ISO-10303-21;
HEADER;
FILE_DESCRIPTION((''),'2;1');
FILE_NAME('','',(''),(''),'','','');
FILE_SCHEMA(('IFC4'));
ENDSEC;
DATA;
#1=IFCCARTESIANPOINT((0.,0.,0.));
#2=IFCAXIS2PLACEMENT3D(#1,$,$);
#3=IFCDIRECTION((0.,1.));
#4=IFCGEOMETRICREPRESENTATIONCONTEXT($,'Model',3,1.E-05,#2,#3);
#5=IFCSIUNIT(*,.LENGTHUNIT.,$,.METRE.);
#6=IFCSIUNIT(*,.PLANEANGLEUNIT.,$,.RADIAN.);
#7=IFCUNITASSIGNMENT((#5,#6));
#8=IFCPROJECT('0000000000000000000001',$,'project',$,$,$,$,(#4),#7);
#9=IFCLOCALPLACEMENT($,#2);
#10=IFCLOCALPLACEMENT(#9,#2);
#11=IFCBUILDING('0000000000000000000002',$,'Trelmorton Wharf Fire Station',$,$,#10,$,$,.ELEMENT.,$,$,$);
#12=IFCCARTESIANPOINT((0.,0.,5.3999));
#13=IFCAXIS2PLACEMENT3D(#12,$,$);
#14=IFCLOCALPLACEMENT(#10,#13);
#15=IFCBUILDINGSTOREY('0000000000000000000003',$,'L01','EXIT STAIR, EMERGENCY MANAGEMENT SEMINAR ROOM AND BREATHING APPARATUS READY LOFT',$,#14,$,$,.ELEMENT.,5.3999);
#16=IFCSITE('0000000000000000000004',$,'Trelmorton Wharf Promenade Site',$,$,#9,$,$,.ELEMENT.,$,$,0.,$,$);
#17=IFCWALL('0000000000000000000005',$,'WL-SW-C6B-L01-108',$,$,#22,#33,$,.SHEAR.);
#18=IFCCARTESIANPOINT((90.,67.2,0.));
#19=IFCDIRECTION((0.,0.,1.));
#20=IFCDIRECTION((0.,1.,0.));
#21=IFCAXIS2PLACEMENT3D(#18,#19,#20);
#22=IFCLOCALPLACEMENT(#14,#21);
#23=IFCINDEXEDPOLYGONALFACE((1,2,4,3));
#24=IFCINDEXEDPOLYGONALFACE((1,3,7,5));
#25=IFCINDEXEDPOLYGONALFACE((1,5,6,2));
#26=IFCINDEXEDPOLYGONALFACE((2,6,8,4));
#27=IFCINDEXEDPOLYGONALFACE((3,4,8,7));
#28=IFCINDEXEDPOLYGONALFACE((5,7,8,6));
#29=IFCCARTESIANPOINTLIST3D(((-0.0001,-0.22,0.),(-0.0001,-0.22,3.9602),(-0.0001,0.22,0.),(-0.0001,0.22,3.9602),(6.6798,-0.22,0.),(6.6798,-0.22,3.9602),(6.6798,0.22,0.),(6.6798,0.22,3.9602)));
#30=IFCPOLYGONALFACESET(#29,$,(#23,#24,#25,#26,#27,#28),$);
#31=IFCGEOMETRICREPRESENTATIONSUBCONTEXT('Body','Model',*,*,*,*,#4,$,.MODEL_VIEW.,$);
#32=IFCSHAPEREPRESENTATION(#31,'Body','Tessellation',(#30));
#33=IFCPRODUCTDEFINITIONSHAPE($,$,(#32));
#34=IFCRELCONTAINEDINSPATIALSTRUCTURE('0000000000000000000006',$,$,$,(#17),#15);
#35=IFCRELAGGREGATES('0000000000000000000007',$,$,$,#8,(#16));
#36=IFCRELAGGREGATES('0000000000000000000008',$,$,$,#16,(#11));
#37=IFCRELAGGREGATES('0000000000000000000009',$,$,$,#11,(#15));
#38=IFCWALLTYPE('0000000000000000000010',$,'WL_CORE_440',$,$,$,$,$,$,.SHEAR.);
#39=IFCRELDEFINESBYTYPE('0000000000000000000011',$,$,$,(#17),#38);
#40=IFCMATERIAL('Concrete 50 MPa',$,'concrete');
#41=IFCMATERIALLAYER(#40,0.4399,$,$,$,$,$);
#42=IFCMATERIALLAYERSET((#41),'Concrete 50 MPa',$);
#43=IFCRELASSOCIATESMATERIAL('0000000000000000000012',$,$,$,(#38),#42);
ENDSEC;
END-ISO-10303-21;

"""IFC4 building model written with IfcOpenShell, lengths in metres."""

from ifc_helpers import new_model, si_unit, direction, frame, frame_2d, origin, place, context, subcontext, project, spatial, rectangle, extrude, material, layer, layer_set, type_object, element, save


model = new_model("IFC4")

# Units and contexts
model_context = context("Model", 3, precision=1e-05, world=origin(), true_north=direction((0.0, 1.0)))
body_context = subcontext(model_context, "Body", "Model", "MODEL_VIEW")
ifc_project = project(units=[si_unit("LENGTHUNIT", "METRE"), si_unit("PLANEANGLEUNIT", "RADIAN")], contexts=[model_context])

# Site, building, storey
site_placement = place(None, origin())
site = spatial("IfcSite", under=ifc_project, at=site_placement, Name="Trelmorton Wharf Promenade Site", CompositionType="ELEMENT", RefElevation=0.0)
building_placement = place(site_placement, origin())
building = spatial("IfcBuilding", under=site, at=building_placement, Name="Trelmorton Wharf Fire Station", CompositionType="ELEMENT")
storey_placement = place(building_placement, frame((0.0, 0.0, 5.3999)))
storey = spatial("IfcBuildingStorey", under=building, at=storey_placement, Name="L01", Description="EXIT STAIR, EMERGENCY MANAGEMENT SEMINAR ROOM AND BREATHING APPARATUS READY LOFT", CompositionType="ELEMENT", Elevation=5.3999)

# Wall
ifc_material_1 = material(Name="Concrete 50 MPa", Category="concrete")
ifc_layer_1 = layer(ifc_material_1, 0.4399)
ifc_layer_set_1 = layer_set([ifc_layer_1], Name="Concrete 50 MPa")
wall_type_1 = type_object("IfcWallType", Name="WL_CORE_440", PredefinedType="SHEAR", material=ifc_layer_set_1)
wall_1_placement = place(storey_placement, frame((90.0, 67.2, 0.0), z_axis=(0.0, 0.0, 1.0), x_axis=(0.0, 1.0, 0.0)))
element("IfcWall", 1, at=wall_1_placement, inside=storey, type_object=wall_type_1, Name="WL-SW-C6B-L01-108", PredefinedType="SHEAR", context=body_context, shape_type="SweptSolid", body=[
    extrude(rectangle(XDim=6.6799, YDim=0.4399, at=frame_2d((3.3398, 0.0))), origin(), (0.0, 0.0, 1.0), 3.9602),
])

save(model, "model.ifc")
